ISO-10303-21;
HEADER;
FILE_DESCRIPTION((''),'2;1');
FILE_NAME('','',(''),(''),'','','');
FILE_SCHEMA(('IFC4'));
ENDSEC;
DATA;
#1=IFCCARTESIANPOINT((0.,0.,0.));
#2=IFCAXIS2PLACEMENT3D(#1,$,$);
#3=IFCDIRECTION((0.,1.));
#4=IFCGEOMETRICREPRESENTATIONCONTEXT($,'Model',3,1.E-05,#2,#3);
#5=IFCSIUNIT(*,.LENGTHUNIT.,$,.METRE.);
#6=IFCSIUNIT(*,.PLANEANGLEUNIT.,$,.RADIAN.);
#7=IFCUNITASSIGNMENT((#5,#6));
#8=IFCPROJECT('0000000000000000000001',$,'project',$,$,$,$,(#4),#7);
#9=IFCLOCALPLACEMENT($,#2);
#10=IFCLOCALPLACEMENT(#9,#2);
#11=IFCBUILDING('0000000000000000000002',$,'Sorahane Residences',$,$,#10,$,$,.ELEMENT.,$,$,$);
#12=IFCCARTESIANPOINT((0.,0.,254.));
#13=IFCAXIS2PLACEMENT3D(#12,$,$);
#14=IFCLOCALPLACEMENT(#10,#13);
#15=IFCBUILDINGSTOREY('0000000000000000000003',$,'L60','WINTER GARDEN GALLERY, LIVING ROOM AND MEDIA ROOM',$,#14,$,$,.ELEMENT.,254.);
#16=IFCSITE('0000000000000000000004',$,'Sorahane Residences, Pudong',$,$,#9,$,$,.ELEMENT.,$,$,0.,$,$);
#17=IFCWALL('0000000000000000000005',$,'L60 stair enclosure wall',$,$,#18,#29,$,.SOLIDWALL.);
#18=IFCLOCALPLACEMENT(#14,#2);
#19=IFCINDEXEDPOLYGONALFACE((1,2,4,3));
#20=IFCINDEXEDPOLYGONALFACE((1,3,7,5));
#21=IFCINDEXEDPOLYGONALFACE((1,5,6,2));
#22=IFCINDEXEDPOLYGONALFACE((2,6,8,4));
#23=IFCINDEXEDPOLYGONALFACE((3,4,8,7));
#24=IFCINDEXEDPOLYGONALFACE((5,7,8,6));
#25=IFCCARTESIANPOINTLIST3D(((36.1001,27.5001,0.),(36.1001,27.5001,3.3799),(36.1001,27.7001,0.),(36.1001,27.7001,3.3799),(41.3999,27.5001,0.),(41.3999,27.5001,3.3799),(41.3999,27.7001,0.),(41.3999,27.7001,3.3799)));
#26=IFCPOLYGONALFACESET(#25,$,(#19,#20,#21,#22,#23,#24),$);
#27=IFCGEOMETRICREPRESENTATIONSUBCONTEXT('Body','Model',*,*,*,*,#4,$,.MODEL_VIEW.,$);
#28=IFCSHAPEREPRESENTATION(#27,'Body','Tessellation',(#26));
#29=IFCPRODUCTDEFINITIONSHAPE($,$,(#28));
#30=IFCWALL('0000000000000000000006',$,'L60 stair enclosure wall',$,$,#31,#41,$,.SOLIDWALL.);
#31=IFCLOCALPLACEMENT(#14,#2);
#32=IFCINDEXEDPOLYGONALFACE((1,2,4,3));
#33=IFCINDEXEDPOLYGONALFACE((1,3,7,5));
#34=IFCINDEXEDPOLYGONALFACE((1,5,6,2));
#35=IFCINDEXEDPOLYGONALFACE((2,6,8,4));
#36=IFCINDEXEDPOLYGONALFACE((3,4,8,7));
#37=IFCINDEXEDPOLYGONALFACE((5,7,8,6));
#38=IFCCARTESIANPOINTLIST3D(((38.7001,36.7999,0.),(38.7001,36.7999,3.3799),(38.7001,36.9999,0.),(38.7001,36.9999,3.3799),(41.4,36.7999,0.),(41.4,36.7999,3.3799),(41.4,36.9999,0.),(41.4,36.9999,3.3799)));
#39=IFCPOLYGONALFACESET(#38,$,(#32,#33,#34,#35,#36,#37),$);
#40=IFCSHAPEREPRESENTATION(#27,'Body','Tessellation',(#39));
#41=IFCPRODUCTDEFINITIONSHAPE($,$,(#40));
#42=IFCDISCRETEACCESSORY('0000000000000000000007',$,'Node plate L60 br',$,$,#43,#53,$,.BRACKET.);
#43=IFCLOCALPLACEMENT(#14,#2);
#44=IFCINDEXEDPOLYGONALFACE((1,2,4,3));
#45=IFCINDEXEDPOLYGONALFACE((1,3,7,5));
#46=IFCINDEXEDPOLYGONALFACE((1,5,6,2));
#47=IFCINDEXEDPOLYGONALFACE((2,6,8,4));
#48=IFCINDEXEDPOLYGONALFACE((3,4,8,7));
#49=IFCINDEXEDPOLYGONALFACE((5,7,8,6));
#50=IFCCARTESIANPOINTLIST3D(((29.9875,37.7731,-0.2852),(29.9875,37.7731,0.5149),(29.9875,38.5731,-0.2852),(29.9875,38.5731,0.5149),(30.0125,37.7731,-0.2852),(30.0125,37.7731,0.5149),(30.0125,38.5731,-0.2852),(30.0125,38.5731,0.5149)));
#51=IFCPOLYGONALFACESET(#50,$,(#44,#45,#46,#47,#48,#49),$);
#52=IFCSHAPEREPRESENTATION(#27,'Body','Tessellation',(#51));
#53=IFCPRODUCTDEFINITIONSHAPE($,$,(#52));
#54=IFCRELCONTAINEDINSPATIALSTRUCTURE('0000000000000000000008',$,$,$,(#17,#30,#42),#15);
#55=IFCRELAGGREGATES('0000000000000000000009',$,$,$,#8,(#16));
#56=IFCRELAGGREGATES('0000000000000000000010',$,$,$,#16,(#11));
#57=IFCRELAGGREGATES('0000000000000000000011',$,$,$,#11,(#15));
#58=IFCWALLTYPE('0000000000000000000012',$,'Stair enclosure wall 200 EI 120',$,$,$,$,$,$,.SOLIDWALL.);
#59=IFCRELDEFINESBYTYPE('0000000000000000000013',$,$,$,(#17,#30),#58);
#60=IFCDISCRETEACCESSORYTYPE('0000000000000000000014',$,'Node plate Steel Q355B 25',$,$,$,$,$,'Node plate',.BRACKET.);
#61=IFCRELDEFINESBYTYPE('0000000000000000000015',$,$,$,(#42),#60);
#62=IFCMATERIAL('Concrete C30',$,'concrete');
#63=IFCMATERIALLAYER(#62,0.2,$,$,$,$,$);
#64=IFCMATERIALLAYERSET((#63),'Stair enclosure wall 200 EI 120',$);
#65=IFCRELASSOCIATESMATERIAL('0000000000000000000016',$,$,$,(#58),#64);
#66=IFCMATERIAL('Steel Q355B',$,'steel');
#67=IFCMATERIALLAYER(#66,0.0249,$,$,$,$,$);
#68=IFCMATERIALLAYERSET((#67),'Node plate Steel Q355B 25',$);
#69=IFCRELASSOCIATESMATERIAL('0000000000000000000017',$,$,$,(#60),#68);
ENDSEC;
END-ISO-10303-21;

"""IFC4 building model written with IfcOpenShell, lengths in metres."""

from ifc_helpers import new_model, si_unit, direction, frame, frame_2d, origin, origin_2d, place, context, subcontext, project, spatial, rectangle, extrude, material, layer, layer_set, type_object, element, save


model = new_model("IFC4")

# Units and contexts
model_context = context("Model", 3, precision=1e-05, world=origin(), true_north=direction((0.0, 1.0)))
body_context = subcontext(model_context, "Body", "Model", "MODEL_VIEW")
ifc_project = project(units=[si_unit("LENGTHUNIT", "METRE"), si_unit("PLANEANGLEUNIT", "RADIAN")], contexts=[model_context])

# Site, building, storey
site_placement = place(None, origin())
site = spatial("IfcSite", under=ifc_project, at=site_placement, Name="Sorahane Residences, Pudong", CompositionType="ELEMENT", RefElevation=0.0)
building_placement = place(site_placement, origin())
building = spatial("IfcBuilding", under=site, at=building_placement, Name="Sorahane Residences", CompositionType="ELEMENT")
storey_placement = place(building_placement, frame((0.0, 0.0, 254.0)))
storey = spatial("IfcBuildingStorey", under=building, at=storey_placement, Name="L60", Description="WINTER GARDEN GALLERY, LIVING ROOM AND MEDIA ROOM", CompositionType="ELEMENT", Elevation=254.0)

# Walls
ifc_material_1 = material(Name="Concrete C30", Category="concrete")
ifc_layer_1 = layer(ifc_material_1, 0.2)
ifc_layer_set_1 = layer_set([ifc_layer_1], Name="Stair enclosure wall 200 EI 120")
wall_type_1 = type_object("IfcWallType", Name="Stair enclosure wall 200 EI 120", PredefinedType="SOLIDWALL", material=ifc_layer_set_1)
wall_1_placement = place(storey_placement, frame((36.1001, 27.6001, 0.0), z_axis=(0.0, 0.0, 1.0), x_axis=(1.0, 0.0, 0.0)))
element("IfcWall", 1, at=wall_1_placement, inside=storey, type_object=wall_type_1, Name="L60 stair enclosure wall", PredefinedType="SOLIDWALL", context=body_context, shape_type="SweptSolid", body=[
    extrude(rectangle(XDim=5.2998, YDim=0.2, at=frame_2d((2.6499, 0.0))), origin(), (0.0, 0.0, 1.0), 3.3799),
])
wall_2_placement = place(storey_placement, frame((38.7, 36.8999, 0.0), z_axis=(0.0, 0.0, 1.0), x_axis=(1.0, 0.0, 0.0)))
element("IfcWall", 2, at=wall_2_placement, inside=storey, type_object=wall_type_1, Name="L60 stair enclosure wall", PredefinedType="SOLIDWALL", context=body_context, shape_type="SweptSolid", body=[
    extrude(rectangle(XDim=2.7, YDim=0.2, at=frame_2d((1.3501, 0.0))), origin(), (0.0, 0.0, 1.0), 3.3799),
])

# Discrete accessory
ifc_material_2 = material(Name="Steel Q355B", Category="steel")
ifc_layer_2 = layer(ifc_material_2, 0.0249)
ifc_layer_set_2 = layer_set([ifc_layer_2], Name="Node plate Steel Q355B 25")
discrete_accessory_type = type_object("IfcDiscreteAccessoryType", Name="Node plate Steel Q355B 25", ElementType="Node plate", PredefinedType="BRACKET", material=ifc_layer_set_2)
discrete_accessory_placement = place(storey_placement, frame((30.0, 38.1731, -0.2852), z_axis=(0.0, 0.0, 1.0), x_axis=(0.0, 1.0, 0.0)))
element("IfcDiscreteAccessory", 3, at=discrete_accessory_placement, inside=storey, type_object=discrete_accessory_type, Name="Node plate L60 br", PredefinedType="BRACKET", context=body_context, shape_type="SweptSolid", body=[
    extrude(rectangle(XDim=0.8, YDim=0.0249, at=origin_2d()), origin(), (0.0, 0.0, 1.0), 0.8),
])

save(model, "model.ifc")
